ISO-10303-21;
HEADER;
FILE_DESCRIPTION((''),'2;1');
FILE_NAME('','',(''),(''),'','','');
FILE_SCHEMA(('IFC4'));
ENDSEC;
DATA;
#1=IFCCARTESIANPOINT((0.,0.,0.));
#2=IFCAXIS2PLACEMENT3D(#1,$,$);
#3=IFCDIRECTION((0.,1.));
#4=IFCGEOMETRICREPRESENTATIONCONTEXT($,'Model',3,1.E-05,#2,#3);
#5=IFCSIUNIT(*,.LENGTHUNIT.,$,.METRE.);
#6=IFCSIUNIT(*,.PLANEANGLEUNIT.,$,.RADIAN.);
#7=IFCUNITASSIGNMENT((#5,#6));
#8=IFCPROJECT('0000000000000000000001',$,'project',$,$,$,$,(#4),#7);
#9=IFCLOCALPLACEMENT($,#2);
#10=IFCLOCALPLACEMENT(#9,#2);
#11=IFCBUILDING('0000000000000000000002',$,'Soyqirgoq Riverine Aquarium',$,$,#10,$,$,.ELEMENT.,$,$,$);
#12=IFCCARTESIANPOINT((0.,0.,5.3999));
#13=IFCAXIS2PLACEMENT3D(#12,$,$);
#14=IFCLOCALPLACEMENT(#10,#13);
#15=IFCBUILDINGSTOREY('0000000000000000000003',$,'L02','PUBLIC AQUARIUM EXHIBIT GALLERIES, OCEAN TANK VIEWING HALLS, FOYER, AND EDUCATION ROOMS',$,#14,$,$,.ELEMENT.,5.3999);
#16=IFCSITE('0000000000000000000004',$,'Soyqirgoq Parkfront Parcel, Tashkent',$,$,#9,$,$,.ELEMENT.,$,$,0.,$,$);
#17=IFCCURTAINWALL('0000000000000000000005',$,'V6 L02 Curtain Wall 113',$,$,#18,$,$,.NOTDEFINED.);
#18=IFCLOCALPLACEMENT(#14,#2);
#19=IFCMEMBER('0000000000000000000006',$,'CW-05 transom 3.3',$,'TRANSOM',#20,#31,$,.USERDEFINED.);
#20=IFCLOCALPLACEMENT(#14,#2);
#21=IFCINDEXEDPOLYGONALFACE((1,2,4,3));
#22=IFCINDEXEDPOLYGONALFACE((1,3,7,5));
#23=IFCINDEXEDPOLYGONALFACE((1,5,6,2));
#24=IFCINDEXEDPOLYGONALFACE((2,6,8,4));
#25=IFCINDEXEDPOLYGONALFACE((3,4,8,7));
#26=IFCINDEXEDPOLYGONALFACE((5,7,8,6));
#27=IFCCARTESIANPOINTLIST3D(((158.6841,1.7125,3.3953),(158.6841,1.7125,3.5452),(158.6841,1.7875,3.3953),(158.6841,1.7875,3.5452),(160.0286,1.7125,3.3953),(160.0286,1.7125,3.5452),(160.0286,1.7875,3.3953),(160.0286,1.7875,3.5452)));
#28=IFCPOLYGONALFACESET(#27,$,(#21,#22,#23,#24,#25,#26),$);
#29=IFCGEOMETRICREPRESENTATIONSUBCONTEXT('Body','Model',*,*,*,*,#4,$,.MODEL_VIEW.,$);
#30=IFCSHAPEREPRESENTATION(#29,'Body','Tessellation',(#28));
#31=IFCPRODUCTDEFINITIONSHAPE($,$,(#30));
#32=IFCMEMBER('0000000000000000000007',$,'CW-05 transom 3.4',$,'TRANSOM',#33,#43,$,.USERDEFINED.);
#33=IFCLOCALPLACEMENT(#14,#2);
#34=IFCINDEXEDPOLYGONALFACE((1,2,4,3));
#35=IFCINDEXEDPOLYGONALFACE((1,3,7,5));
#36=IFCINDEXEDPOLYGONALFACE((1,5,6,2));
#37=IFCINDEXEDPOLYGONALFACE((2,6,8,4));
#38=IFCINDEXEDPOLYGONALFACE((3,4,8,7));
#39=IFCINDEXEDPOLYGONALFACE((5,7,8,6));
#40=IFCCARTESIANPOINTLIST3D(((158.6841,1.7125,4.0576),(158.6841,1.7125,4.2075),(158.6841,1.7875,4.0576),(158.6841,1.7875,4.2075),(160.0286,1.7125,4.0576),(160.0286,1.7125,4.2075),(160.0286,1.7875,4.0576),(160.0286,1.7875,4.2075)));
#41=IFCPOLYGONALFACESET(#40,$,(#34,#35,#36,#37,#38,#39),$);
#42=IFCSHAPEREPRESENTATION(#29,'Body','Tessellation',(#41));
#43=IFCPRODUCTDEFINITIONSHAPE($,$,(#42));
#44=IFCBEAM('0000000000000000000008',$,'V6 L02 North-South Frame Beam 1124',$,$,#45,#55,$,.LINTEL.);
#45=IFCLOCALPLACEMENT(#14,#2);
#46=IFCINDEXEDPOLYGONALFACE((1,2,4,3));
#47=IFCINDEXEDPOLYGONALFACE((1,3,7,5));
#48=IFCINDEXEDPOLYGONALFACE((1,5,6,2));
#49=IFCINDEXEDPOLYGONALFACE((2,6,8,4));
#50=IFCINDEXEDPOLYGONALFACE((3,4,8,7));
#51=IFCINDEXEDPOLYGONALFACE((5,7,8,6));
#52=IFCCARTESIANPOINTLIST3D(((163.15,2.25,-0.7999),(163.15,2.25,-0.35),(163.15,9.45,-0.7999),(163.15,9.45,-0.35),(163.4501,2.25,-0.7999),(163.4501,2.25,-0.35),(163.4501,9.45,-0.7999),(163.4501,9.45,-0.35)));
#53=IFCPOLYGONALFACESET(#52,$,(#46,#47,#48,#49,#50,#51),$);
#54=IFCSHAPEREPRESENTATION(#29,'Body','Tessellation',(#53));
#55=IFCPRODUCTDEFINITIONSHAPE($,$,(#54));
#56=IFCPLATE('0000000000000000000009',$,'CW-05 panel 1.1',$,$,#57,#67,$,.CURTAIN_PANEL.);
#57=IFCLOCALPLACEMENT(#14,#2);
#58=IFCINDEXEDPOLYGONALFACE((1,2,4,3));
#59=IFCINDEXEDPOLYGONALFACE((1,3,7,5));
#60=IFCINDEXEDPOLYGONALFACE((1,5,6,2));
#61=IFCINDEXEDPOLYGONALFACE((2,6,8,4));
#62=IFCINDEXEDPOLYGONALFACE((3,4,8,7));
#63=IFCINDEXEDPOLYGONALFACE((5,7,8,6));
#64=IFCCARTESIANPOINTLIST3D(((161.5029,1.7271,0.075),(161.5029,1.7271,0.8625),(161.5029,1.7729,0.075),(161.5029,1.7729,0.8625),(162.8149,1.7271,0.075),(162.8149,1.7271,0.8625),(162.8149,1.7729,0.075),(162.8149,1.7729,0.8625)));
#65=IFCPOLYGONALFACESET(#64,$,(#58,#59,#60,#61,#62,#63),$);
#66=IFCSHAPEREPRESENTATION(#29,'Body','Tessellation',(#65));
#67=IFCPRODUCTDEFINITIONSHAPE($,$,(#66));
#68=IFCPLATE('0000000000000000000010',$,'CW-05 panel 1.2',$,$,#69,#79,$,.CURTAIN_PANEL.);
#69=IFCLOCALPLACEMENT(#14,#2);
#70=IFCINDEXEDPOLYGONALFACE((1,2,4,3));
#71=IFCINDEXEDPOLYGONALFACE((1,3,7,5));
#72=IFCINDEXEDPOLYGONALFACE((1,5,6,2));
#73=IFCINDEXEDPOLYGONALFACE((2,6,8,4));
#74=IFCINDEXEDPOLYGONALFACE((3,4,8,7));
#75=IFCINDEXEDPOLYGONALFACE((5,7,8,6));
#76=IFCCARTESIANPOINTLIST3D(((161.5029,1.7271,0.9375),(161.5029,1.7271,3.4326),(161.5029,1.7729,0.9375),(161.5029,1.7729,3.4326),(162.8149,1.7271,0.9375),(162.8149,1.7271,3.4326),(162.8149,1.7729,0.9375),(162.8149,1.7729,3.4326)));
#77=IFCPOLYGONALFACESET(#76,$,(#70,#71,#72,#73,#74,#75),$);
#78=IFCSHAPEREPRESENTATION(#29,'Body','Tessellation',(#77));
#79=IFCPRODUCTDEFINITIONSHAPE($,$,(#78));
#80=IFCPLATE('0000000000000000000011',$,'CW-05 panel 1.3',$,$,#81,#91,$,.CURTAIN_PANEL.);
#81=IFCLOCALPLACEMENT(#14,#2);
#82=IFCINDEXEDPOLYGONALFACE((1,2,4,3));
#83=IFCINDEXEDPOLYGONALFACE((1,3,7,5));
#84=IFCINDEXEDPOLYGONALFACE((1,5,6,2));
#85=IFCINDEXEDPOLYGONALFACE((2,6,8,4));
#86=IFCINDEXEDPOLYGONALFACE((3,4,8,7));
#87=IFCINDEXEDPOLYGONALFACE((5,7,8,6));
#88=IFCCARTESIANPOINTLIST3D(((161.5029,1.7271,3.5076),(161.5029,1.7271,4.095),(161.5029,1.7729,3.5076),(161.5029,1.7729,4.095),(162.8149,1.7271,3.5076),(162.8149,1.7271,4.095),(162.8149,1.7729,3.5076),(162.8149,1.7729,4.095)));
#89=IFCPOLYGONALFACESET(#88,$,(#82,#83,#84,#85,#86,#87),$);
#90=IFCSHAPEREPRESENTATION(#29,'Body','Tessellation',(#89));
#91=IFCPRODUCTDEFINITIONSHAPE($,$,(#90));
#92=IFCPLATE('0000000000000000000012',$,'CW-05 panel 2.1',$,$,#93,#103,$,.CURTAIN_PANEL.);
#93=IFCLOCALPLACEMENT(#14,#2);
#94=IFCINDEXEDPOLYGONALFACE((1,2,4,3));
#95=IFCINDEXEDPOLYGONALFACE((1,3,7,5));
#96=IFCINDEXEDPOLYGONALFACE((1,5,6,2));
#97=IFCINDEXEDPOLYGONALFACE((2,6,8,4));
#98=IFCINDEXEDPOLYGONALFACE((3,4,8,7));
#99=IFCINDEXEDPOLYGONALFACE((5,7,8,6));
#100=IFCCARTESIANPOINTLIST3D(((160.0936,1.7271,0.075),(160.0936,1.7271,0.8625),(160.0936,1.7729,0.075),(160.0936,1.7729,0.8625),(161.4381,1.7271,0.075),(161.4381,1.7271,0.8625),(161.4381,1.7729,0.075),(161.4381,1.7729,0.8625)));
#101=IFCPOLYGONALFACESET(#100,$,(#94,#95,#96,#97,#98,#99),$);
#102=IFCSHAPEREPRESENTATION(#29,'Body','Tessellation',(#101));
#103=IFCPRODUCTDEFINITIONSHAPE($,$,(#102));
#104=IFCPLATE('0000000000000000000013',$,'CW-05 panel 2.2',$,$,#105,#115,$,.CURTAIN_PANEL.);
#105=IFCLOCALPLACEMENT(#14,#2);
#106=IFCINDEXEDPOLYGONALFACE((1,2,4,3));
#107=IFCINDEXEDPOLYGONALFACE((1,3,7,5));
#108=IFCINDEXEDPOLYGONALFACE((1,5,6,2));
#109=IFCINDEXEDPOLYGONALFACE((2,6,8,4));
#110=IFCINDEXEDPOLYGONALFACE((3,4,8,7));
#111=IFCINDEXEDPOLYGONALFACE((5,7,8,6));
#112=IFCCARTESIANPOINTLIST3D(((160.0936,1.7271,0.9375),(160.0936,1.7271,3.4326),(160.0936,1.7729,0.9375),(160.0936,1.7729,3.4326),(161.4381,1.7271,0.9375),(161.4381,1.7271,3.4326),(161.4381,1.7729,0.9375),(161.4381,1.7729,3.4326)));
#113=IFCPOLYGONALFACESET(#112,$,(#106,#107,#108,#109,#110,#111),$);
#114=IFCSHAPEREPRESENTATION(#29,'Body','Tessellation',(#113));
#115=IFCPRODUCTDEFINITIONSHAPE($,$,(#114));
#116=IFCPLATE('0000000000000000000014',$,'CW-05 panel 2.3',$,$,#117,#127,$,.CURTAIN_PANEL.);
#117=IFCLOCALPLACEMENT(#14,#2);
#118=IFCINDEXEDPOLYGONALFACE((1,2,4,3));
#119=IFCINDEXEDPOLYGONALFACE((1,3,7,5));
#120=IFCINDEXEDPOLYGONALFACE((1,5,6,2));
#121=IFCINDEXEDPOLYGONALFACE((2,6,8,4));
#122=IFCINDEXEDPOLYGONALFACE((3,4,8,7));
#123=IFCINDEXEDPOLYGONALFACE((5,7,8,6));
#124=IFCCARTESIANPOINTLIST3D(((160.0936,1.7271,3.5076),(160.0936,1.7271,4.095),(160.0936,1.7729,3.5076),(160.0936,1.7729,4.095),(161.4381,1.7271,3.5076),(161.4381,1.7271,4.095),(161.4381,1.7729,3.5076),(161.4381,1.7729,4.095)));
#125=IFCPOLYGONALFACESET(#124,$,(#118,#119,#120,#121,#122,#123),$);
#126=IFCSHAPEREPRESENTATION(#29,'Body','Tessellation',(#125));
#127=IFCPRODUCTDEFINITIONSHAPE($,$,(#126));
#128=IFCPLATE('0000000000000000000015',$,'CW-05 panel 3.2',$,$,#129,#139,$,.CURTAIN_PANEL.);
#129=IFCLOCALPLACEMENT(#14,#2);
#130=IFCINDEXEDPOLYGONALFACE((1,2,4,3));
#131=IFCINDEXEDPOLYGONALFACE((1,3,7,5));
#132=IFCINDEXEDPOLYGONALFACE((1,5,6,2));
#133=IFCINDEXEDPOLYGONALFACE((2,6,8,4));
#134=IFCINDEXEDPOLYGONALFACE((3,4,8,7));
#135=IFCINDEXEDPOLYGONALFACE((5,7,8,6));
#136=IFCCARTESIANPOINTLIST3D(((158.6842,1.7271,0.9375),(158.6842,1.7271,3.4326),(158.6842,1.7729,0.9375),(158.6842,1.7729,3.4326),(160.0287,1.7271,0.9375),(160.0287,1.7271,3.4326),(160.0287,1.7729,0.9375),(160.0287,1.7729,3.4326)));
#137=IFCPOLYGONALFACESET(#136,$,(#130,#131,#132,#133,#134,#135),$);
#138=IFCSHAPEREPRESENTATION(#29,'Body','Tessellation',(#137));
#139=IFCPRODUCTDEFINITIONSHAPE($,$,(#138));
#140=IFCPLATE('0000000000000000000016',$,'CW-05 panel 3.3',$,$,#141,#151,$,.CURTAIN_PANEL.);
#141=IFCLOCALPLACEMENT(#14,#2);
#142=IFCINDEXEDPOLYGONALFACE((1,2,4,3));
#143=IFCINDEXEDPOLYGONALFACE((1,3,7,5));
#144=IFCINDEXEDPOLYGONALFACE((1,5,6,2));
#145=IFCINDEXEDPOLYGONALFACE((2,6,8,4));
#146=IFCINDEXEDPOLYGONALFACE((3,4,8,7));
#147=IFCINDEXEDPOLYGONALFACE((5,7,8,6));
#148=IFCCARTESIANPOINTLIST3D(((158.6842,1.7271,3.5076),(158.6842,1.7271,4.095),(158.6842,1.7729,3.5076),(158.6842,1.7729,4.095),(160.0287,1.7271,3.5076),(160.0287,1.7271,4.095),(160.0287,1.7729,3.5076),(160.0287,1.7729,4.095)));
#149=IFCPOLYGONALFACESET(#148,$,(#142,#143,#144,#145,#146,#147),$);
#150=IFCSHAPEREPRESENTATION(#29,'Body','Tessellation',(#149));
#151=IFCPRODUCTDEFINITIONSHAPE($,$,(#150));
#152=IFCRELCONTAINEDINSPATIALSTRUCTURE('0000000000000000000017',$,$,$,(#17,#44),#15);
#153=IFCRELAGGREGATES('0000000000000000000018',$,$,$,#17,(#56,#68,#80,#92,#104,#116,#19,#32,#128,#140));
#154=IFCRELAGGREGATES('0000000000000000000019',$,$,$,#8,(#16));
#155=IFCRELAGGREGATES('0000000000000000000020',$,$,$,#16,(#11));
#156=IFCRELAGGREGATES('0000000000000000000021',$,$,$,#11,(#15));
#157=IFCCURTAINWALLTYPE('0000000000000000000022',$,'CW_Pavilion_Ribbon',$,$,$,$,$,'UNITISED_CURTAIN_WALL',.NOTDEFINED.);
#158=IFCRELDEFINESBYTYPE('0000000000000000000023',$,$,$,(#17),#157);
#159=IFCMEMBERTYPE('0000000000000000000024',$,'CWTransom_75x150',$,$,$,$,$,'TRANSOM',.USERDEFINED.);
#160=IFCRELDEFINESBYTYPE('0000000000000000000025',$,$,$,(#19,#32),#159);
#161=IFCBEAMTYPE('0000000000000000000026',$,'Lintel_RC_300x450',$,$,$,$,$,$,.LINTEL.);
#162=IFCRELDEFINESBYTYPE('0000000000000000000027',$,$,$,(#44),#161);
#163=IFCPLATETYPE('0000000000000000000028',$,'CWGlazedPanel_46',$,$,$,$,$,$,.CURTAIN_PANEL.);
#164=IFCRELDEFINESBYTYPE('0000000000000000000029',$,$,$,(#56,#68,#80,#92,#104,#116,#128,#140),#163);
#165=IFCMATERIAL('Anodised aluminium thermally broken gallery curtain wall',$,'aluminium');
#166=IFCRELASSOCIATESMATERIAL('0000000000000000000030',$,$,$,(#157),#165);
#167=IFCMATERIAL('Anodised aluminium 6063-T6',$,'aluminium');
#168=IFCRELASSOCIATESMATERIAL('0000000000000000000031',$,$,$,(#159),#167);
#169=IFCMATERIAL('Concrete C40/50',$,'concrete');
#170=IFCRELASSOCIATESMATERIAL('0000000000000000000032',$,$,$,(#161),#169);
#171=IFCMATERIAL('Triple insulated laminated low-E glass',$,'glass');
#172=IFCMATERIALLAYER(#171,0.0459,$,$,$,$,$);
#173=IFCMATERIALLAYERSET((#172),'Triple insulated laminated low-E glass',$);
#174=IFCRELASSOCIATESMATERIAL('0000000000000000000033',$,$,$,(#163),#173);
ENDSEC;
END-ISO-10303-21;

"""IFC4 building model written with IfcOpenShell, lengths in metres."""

from ifc_helpers import new_model, si_unit, direction, frame, origin, origin_2d, place, context, subcontext, project, spatial, rectangle, extrude, material, layer, layer_set, material_profile, profile_set, type_object, element, aggregate, save


model = new_model("IFC4")

# Units and contexts
model_context = context("Model", 3, precision=1e-05, world=origin(), true_north=direction((0.0, 1.0)))
body_context = subcontext(model_context, "Body", "Model", "MODEL_VIEW")
ifc_project = project(units=[si_unit("LENGTHUNIT", "METRE"), si_unit("PLANEANGLEUNIT", "RADIAN")], contexts=[model_context])

# Site, building, storey
site_placement = place(None, origin())
site = spatial("IfcSite", under=ifc_project, at=site_placement, Name="Soyqirgoq Parkfront Parcel, Tashkent", CompositionType="ELEMENT", RefElevation=0.0)
building_placement = place(site_placement, origin())
building = spatial("IfcBuilding", under=site, at=building_placement, Name="Soyqirgoq Riverine Aquarium", CompositionType="ELEMENT")
storey_placement = place(building_placement, frame((0.0, 0.0, 5.3999)))
storey = spatial("IfcBuildingStorey", under=building, at=storey_placement, Name="L02", Description="PUBLIC AQUARIUM EXHIBIT GALLERIES, OCEAN TANK VIEWING HALLS, FOYER, AND EDUCATION ROOMS", CompositionType="ELEMENT", Elevation=5.3999)

# Curtain wall, members
ifc_material_1 = material(Name="Anodised aluminium thermally broken gallery curtain wall", Category="aluminium")
curtain_wall_type = type_object("IfcCurtainWallType", Name="CW_Pavilion_Ribbon", ElementType="UNITISED_CURTAIN_WALL", PredefinedType="NOTDEFINED", material=ifc_material_1)
curtain_wall_placement = place(storey_placement, origin())
curtain_wall = element("IfcCurtainWall", 1, at=curtain_wall_placement, inside=storey, type_object=curtain_wall_type, Name="V6 L02 Curtain Wall 113", PredefinedType="NOTDEFINED")
ifc_material_2 = material(Name="Anodised aluminium 6063-T6", Category="aluminium")
ifc_material_profile_1 = material_profile(ifc_material_2, rectangle(XDim=0.075, YDim=0.1499, at=origin_2d()), Name="ALU-T 75x150")
ifc_profile_set_1 = profile_set([ifc_material_profile_1], Name="Anodised aluminium 6063-T6")
member_type_1 = type_object("IfcMemberType", Name="CWTransom_75x150", ElementType="TRANSOM", PredefinedType="USERDEFINED", material=ifc_profile_set_1)
member_1_placement = place(storey_placement, frame((160.0286, 1.75, 3.4702), z_axis=(-1.0, 0.0, 0.0), x_axis=(0.0, -1.0, 0.0)))
member_1 = element("IfcMember", 2, at=member_1_placement, type_object=member_type_1, Name="CW-05 transom 3.3", ObjectType="TRANSOM", PredefinedType="USERDEFINED", context=body_context, shape_type="SweptSolid", body=[
    extrude(rectangle(XDim=0.075, YDim=0.1499, at=origin_2d()), origin(), (0.0, 0.0, 1.0), 1.3445),
])
member_2_placement = place(storey_placement, frame((160.0286, 1.75, 4.1326), z_axis=(-1.0, 0.0, 0.0), x_axis=(0.0, -1.0, 0.0)))
member_2 = element("IfcMember", 3, at=member_2_placement, type_object=member_type_1, Name="CW-05 transom 3.4", ObjectType="TRANSOM", PredefinedType="USERDEFINED", context=body_context, shape_type="SweptSolid", body=[
    extrude(rectangle(XDim=0.075, YDim=0.1499, at=origin_2d()), origin(), (0.0, 0.0, 1.0), 1.3445),
])

# Beam
ifc_material_3 = material(Name="Concrete C40/50", Category="concrete")
ifc_material_profile_2 = material_profile(ifc_material_3, rectangle(XDim=0.3, YDim=0.45, at=origin_2d()), Name="RC 300x450")
ifc_profile_set_2 = profile_set([ifc_material_profile_2], Name="Concrete C40/50")
beam_type = type_object("IfcBeamType", Name="Lintel_RC_300x450", PredefinedType="LINTEL", material=ifc_profile_set_2)
beam_placement = place(storey_placement, frame((163.3, 2.25, -0.575), z_axis=(0.0, 1.0, 0.0), x_axis=(-1.0, 0.0, 0.0)))
element("IfcBeam", 4, at=beam_placement, inside=storey, type_object=beam_type, Name="V6 L02 North-South Frame Beam 1124", PredefinedType="LINTEL", context=body_context, shape_type="SweptSolid", body=[
    extrude(rectangle(XDim=0.3, YDim=0.45, at=origin_2d()), origin(), (0.0, 0.0, 1.0), 7.2),
])

# Plates
ifc_material_4 = material(Name="Triple insulated laminated low-E glass", Category="glass")
ifc_layer = layer(ifc_material_4, 0.0459)
ifc_layer_set = layer_set([ifc_layer], Name="Triple insulated laminated low-E glass")
plate_type = type_object("IfcPlateType", Name="CWGlazedPanel_46", PredefinedType="CURTAIN_PANEL", material=ifc_layer_set)
plate_1_placement = place(storey_placement, frame((162.1589, 1.75, 0.075), z_axis=(0.0, 0.0, 1.0), x_axis=(-1.0, 0.0, 0.0)))
plate_1 = element("IfcPlate", 5, at=plate_1_placement, type_object=plate_type, Name="CW-05 panel 1.1", PredefinedType="CURTAIN_PANEL", context=body_context, shape_type="SweptSolid", body=[
    extrude(rectangle(XDim=1.312, YDim=0.0459, at=origin_2d()), origin(), (0.0, 0.0, 1.0), 0.7876),
])
plate_2_placement = place(storey_placement, frame((162.1589, 1.75, 0.9375), z_axis=(0.0, 0.0, 1.0), x_axis=(-1.0, 0.0, 0.0)))
plate_2 = element("IfcPlate", 6, at=plate_2_placement, type_object=plate_type, Name="CW-05 panel 1.2", PredefinedType="CURTAIN_PANEL", context=body_context, shape_type="SweptSolid", body=[
    extrude(rectangle(XDim=1.312, YDim=0.0459, at=origin_2d()), origin(), (0.0, 0.0, 1.0), 2.4951),
])
plate_3_placement = place(storey_placement, frame((162.1589, 1.75, 3.5076), z_axis=(0.0, 0.0, 1.0), x_axis=(-1.0, 0.0, 0.0)))
plate_3 = element("IfcPlate", 7, at=plate_3_placement, type_object=plate_type, Name="CW-05 panel 1.3", PredefinedType="CURTAIN_PANEL", context=body_context, shape_type="SweptSolid", body=[
    extrude(rectangle(XDim=1.312, YDim=0.0459, at=origin_2d()), origin(), (0.0, 0.0, 1.0), 0.5874),
])
plate_4_placement = place(storey_placement, frame((160.7659, 1.75, 0.075), z_axis=(0.0, 0.0, 1.0), x_axis=(-1.0, 0.0, 0.0)))
plate_4 = element("IfcPlate", 8, at=plate_4_placement, type_object=plate_type, Name="CW-05 panel 2.1", PredefinedType="CURTAIN_PANEL", context=body_context, shape_type="SweptSolid", body=[
    extrude(rectangle(XDim=1.3445, YDim=0.0459, at=origin_2d()), origin(), (0.0, 0.0, 1.0), 0.7876),
])
plate_5_placement = place(storey_placement, frame((160.7659, 1.75, 0.9375), z_axis=(0.0, 0.0, 1.0), x_axis=(-1.0, 0.0, 0.0)))
plate_5 = element("IfcPlate", 9, at=plate_5_placement, type_object=plate_type, Name="CW-05 panel 2.2", PredefinedType="CURTAIN_PANEL", context=body_context, shape_type="SweptSolid", body=[
    extrude(rectangle(XDim=1.3445, YDim=0.0459, at=origin_2d()), origin(), (0.0, 0.0, 1.0), 2.4951),
])
plate_6_placement = place(storey_placement, frame((160.7659, 1.75, 3.5076), z_axis=(0.0, 0.0, 1.0), x_axis=(-1.0, 0.0, 0.0)))
plate_6 = element("IfcPlate", 10, at=plate_6_placement, type_object=plate_type, Name="CW-05 panel 2.3", PredefinedType="CURTAIN_PANEL", context=body_context, shape_type="SweptSolid", body=[
    extrude(rectangle(XDim=1.3445, YDim=0.0459, at=origin_2d()), origin(), (0.0, 0.0, 1.0), 0.5874),
])
plate_7_placement = place(storey_placement, frame((159.3564, 1.75, 0.9375), z_axis=(0.0, 0.0, 1.0), x_axis=(-1.0, 0.0, 0.0)))
plate_7 = element("IfcPlate", 11, at=plate_7_placement, type_object=plate_type, Name="CW-05 panel 3.2", PredefinedType="CURTAIN_PANEL", context=body_context, shape_type="SweptSolid", body=[
    extrude(rectangle(XDim=1.3445, YDim=0.0459, at=origin_2d()), origin(), (0.0, 0.0, 1.0), 2.4951),
])
plate_8_placement = place(storey_placement, frame((159.3564, 1.75, 3.5076), z_axis=(0.0, 0.0, 1.0), x_axis=(-1.0, 0.0, 0.0)))
plate_8 = element("IfcPlate", 12, at=plate_8_placement, type_object=plate_type, Name="CW-05 panel 3.3", PredefinedType="CURTAIN_PANEL", context=body_context, shape_type="SweptSolid", body=[
    extrude(rectangle(XDim=1.3445, YDim=0.0459, at=origin_2d()), origin(), (0.0, 0.0, 1.0), 0.5874),
])
aggregate(curtain_wall, [plate_1, plate_2, plate_3, plate_4, plate_5, plate_6, member_1, member_2, plate_7, plate_8])

save(model, "model.ifc")
